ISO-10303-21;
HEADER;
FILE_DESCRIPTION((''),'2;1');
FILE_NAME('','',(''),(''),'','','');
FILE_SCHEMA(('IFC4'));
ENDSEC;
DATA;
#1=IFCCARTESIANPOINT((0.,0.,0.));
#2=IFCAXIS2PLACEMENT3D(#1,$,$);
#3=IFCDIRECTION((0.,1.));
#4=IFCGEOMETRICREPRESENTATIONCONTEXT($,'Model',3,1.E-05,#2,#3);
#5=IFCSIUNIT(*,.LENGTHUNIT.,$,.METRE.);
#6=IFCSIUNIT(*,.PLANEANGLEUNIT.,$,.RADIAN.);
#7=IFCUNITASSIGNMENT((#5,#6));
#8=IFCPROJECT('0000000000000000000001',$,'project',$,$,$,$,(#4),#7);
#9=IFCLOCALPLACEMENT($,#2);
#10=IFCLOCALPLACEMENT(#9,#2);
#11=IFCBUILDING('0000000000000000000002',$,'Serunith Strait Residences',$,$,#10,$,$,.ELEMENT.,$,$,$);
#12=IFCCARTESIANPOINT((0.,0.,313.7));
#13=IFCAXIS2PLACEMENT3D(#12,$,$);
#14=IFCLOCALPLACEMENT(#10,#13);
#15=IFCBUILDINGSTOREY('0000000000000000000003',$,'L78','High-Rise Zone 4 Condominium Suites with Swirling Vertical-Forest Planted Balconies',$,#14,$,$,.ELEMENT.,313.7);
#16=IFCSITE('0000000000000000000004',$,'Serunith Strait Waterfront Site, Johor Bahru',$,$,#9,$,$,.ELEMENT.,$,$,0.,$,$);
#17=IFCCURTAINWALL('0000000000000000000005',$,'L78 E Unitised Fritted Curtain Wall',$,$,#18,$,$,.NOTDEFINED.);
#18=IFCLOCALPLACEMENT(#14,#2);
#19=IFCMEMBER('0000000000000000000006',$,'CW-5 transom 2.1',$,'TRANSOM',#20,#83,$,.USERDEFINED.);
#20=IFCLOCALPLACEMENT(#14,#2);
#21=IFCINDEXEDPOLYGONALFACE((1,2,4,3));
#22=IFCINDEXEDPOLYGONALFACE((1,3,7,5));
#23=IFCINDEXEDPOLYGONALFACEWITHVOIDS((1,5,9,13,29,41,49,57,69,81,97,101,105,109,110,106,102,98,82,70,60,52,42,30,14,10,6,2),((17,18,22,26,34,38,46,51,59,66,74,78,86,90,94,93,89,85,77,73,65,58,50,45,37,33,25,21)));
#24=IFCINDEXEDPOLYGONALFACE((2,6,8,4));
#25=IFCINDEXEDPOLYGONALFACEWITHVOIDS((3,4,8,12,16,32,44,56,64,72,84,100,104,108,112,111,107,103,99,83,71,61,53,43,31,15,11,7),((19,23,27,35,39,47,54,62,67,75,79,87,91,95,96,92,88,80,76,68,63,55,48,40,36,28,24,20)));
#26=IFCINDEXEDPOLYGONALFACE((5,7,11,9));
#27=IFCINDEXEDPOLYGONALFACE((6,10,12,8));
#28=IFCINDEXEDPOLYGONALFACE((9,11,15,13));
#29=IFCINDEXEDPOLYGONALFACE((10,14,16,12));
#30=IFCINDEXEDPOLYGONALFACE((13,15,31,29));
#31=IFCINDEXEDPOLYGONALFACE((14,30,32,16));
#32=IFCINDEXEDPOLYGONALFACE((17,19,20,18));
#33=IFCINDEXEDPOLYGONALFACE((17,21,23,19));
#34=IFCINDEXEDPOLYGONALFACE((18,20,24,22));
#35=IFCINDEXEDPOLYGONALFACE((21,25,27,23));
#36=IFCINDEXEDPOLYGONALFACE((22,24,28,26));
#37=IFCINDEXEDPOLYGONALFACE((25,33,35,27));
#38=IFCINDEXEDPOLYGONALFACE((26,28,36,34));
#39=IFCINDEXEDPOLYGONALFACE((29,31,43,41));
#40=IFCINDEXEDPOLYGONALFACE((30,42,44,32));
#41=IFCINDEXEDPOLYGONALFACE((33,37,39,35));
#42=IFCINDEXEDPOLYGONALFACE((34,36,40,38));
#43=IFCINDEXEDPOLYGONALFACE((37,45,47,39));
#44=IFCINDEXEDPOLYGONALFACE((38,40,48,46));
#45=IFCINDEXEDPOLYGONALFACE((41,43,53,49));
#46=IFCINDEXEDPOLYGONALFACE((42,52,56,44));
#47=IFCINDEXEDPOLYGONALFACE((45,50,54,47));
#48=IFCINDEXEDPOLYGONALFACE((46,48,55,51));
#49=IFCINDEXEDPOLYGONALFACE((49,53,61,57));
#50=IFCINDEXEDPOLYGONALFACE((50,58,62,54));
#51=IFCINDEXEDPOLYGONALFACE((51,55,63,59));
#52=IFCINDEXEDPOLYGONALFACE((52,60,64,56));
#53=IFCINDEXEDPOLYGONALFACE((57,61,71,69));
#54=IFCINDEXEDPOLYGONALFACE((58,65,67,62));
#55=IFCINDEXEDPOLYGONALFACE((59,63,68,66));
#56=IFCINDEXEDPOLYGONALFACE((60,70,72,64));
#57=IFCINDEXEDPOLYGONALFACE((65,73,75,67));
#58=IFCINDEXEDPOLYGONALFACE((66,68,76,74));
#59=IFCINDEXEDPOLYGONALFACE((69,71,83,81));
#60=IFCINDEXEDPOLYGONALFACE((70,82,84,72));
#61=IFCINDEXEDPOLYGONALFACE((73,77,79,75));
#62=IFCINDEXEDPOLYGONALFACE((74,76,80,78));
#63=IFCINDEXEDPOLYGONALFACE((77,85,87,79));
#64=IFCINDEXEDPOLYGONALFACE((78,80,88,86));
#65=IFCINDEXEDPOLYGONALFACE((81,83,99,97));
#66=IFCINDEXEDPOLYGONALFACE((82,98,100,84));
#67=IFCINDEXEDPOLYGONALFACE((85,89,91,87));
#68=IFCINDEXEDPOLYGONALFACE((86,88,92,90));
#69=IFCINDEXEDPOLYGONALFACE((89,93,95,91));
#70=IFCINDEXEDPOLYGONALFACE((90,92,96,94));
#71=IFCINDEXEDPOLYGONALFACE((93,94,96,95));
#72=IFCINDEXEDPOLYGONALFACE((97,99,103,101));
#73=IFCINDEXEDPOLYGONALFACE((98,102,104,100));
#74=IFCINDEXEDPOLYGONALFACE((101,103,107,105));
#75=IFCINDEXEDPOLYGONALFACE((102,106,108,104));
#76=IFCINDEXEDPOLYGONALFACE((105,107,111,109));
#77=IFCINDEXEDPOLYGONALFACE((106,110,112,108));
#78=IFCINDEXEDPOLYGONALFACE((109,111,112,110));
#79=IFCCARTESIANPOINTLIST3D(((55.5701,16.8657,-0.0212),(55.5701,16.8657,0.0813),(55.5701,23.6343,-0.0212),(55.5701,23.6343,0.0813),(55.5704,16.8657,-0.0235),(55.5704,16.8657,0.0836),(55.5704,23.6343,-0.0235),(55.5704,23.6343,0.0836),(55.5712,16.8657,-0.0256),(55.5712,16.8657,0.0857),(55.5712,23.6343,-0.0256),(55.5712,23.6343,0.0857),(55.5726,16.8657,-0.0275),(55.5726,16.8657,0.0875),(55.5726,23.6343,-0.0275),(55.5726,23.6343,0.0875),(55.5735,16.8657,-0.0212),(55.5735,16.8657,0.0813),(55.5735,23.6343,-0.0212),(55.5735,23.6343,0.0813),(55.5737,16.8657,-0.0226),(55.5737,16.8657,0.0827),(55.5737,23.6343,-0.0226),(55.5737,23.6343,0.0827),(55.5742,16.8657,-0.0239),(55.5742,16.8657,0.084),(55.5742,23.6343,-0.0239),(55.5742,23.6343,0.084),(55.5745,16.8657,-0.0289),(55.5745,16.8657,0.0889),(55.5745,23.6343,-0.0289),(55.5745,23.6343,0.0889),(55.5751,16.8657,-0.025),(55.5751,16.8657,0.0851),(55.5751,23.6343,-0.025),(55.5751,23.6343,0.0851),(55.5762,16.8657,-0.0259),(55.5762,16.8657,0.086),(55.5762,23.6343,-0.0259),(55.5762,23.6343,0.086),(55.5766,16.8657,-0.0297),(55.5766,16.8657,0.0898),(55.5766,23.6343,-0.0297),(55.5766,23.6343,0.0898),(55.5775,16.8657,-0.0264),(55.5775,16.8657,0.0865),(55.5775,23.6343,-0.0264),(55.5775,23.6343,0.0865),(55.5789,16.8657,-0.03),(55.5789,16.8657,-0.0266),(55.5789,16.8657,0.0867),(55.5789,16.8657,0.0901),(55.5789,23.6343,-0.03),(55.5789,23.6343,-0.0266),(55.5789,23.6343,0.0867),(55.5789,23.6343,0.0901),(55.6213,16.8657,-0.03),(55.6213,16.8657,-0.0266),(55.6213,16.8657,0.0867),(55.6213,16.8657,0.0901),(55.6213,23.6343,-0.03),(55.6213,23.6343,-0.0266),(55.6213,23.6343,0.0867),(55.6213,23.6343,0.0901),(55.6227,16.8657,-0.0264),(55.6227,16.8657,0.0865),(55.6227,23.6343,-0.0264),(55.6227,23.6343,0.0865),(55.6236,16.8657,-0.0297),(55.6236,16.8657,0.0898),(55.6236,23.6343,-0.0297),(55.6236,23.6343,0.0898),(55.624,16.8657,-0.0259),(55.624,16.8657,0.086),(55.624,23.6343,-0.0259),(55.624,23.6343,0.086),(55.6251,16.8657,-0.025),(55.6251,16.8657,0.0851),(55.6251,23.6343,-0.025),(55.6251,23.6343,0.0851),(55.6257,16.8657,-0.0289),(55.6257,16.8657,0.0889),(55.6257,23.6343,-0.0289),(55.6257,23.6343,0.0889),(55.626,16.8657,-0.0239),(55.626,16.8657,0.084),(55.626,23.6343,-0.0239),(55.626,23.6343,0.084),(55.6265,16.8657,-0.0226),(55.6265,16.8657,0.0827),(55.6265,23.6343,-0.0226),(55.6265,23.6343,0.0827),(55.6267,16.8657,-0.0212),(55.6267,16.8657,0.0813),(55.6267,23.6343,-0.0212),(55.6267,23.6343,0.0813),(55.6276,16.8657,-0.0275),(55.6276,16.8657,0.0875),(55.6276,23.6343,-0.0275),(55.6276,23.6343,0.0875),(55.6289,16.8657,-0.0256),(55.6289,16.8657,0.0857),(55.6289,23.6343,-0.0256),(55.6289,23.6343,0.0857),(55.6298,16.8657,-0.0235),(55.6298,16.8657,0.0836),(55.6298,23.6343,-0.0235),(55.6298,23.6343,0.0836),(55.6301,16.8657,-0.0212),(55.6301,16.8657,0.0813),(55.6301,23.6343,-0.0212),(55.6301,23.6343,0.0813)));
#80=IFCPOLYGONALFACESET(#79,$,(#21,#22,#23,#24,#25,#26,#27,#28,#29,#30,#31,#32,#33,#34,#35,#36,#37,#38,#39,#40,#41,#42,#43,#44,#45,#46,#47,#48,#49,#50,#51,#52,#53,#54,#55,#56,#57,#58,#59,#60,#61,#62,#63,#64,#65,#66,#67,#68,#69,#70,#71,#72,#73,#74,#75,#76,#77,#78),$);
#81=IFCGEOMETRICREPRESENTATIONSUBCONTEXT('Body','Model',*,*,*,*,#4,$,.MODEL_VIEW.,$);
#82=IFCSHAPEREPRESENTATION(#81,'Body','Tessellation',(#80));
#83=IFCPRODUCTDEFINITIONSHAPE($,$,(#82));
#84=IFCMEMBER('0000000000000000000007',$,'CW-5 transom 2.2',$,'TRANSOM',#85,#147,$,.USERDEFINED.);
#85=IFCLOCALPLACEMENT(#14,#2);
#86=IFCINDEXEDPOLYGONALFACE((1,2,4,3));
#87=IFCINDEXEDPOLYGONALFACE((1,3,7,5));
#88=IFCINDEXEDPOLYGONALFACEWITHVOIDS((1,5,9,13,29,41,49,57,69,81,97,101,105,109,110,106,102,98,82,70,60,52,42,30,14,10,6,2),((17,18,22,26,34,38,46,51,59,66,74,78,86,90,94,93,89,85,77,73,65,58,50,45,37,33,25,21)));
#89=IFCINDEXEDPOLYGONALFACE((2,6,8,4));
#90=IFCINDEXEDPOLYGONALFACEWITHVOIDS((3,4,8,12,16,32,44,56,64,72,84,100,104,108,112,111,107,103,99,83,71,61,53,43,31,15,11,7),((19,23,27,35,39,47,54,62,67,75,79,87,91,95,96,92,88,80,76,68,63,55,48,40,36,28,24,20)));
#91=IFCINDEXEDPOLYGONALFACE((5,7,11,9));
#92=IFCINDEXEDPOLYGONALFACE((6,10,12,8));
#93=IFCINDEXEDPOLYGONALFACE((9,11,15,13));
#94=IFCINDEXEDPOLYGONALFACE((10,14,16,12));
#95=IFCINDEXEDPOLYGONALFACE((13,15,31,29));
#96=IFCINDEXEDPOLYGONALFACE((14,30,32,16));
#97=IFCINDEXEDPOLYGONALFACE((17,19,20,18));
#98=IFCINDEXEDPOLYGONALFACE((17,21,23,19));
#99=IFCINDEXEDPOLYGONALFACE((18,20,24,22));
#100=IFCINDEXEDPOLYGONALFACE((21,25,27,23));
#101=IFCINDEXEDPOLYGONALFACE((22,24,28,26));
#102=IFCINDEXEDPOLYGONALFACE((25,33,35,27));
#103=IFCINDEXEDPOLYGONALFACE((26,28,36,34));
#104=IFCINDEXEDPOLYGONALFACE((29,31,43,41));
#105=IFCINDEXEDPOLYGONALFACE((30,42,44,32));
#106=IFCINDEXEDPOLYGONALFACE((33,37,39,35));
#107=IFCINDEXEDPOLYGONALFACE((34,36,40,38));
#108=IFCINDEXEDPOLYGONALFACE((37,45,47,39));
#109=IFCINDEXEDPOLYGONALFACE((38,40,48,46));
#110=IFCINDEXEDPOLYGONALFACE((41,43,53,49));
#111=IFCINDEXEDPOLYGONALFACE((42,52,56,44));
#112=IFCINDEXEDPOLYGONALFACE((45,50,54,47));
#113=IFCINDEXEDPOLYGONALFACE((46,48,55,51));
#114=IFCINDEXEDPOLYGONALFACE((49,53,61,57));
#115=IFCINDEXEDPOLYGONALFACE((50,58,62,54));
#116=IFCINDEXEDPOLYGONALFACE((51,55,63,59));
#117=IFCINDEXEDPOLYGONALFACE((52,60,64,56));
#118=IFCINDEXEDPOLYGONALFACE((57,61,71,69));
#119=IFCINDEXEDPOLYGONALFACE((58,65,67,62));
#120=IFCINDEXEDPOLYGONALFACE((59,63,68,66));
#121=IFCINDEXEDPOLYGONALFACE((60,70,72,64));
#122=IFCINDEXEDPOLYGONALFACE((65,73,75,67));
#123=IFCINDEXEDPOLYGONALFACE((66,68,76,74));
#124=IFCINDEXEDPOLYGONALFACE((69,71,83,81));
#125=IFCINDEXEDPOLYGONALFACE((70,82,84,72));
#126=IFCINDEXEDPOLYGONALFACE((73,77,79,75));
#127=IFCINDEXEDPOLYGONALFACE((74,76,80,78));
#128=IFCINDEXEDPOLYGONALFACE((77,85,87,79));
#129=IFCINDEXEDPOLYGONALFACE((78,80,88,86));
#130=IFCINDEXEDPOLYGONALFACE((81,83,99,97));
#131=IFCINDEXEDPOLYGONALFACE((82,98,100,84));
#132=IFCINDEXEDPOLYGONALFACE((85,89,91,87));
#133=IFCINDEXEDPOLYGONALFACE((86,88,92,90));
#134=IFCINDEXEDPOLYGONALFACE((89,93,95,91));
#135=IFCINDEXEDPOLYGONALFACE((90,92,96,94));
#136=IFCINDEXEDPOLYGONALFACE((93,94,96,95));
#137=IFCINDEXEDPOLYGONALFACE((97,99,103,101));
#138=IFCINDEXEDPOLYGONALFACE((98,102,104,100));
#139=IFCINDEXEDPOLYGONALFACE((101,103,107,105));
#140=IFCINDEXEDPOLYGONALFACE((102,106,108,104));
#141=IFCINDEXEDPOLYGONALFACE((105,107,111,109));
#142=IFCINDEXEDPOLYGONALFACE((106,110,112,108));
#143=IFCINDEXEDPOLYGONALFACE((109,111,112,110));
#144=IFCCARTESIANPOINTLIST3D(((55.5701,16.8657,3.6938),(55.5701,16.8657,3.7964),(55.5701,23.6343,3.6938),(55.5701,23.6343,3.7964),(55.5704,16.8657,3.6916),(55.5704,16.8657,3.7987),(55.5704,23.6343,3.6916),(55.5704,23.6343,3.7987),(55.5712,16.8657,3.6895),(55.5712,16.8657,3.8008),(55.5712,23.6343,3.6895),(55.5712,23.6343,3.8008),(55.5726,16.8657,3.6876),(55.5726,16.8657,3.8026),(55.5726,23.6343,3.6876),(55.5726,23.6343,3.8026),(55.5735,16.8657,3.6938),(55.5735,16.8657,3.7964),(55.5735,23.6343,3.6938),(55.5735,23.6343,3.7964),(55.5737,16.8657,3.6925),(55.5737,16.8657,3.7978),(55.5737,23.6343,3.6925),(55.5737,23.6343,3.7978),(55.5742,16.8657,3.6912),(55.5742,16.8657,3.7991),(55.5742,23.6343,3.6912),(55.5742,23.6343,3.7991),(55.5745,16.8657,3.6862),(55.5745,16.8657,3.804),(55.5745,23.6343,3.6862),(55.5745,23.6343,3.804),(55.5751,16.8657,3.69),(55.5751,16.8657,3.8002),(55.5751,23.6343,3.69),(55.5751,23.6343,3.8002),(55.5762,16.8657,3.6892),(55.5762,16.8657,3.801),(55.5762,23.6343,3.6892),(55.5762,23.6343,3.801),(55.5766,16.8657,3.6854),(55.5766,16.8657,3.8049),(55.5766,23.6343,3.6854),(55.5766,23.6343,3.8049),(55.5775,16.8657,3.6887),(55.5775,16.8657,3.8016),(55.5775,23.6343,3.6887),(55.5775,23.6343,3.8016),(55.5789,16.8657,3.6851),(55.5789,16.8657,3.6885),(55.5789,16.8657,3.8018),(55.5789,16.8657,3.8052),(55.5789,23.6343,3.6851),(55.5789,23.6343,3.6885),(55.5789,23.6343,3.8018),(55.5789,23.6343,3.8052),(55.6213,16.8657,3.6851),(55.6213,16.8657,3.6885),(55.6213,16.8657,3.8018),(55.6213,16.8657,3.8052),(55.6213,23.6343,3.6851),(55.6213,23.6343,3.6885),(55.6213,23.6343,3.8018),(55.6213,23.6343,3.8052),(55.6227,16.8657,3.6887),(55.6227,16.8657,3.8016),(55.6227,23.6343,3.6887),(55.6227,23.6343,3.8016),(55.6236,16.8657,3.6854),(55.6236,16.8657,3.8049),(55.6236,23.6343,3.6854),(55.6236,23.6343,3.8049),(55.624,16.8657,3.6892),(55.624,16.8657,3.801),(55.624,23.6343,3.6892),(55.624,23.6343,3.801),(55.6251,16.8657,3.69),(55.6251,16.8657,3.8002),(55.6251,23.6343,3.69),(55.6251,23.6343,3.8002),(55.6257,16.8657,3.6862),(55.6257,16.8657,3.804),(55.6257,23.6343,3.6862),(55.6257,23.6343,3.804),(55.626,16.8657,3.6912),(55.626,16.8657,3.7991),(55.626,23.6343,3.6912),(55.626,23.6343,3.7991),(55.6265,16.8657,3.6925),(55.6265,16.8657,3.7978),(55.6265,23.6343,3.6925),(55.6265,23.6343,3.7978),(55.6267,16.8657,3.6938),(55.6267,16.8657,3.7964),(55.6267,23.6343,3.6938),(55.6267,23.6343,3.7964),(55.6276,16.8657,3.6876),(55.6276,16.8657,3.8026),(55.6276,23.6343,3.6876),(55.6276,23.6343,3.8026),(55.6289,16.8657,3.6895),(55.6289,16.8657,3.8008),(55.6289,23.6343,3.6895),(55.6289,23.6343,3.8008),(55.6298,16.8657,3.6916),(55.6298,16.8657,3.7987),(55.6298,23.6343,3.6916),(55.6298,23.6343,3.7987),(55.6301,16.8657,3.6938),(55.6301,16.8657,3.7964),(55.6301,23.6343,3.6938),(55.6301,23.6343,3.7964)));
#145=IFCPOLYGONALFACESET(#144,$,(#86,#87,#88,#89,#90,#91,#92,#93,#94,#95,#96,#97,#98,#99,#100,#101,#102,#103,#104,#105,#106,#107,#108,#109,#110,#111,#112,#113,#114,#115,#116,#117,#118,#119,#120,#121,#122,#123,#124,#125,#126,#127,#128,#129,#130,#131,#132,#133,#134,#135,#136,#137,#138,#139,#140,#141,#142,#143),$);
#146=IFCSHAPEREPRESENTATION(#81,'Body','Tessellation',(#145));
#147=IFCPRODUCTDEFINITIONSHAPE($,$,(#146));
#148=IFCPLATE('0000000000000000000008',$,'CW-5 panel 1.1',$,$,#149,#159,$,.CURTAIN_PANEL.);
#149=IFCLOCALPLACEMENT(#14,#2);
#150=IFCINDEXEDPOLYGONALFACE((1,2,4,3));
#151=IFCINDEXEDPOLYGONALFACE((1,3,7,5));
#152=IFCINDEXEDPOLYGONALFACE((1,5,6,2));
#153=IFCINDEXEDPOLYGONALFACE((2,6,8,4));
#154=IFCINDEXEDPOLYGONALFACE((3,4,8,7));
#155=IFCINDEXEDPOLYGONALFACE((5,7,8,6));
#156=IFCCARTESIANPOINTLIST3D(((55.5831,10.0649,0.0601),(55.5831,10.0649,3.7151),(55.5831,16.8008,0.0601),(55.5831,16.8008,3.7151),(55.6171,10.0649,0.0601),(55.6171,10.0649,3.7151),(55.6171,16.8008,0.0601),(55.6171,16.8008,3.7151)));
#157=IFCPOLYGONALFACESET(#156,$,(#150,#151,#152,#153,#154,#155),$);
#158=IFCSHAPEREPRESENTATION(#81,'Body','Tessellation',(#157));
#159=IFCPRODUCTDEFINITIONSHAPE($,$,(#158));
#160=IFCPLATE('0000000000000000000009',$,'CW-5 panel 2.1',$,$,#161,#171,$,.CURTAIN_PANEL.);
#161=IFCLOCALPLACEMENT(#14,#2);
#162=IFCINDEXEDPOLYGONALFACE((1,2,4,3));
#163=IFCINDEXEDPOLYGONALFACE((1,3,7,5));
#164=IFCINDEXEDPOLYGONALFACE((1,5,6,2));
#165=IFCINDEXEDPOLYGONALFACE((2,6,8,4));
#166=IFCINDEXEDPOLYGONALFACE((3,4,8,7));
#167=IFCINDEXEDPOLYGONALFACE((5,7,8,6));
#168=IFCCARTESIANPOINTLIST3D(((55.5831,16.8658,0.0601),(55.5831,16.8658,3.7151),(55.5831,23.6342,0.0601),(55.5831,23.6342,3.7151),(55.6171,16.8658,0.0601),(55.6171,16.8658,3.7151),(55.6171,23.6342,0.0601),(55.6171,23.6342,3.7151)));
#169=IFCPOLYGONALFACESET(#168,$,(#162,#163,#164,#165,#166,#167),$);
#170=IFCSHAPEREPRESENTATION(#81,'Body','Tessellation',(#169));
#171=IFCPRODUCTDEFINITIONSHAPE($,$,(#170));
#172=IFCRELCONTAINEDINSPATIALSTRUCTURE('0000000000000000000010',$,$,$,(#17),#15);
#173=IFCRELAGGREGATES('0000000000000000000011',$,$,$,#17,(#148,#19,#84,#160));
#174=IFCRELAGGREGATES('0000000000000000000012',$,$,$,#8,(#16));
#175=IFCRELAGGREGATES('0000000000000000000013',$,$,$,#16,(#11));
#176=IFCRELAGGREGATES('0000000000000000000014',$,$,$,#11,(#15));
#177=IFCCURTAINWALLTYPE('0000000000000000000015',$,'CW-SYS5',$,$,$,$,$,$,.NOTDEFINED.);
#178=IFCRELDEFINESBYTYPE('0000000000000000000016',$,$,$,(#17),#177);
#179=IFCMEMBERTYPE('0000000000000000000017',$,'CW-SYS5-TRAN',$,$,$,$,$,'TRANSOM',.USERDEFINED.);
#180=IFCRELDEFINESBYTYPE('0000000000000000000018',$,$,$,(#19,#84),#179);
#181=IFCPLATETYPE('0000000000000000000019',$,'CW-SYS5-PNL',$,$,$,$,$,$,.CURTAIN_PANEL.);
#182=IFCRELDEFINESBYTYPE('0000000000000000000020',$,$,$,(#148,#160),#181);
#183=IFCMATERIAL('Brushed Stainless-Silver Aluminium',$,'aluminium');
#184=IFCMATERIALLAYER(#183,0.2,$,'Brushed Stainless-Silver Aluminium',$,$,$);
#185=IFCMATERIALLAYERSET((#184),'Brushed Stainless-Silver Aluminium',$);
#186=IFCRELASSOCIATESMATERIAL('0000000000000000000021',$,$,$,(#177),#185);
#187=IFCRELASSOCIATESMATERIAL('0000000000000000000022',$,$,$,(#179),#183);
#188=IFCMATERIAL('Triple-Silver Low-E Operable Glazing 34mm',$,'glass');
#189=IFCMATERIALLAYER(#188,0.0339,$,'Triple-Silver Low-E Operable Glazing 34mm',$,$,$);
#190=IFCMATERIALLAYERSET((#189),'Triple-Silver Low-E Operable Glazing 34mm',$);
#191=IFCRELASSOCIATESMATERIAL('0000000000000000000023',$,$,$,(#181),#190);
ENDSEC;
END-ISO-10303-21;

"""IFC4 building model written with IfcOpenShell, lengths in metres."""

from ifc_helpers import new_model, si_unit, direction, frame, origin, origin_2d, place, context, subcontext, project, spatial, rectangle, hollow_rectangle, extrude, source, transform, mapped, material, layer, layer_set, material_profile, profile_set, type_object, element, aggregate, save


model = new_model("IFC4")

# Units and contexts
model_context = context("Model", 3, precision=1e-05, world=origin(), true_north=direction((0.0, 1.0)))
body_context = subcontext(model_context, "Body", "Model", "MODEL_VIEW")
ifc_project = project(units=[si_unit("LENGTHUNIT", "METRE"), si_unit("PLANEANGLEUNIT", "RADIAN")], contexts=[model_context])

# Site, building, storey
site_placement = place(None, origin())
site = spatial("IfcSite", under=ifc_project, at=site_placement, Name="Serunith Strait Waterfront Site, Johor Bahru", CompositionType="ELEMENT", RefElevation=0.0)
building_placement = place(site_placement, origin())
building = spatial("IfcBuilding", under=site, at=building_placement, Name="Serunith Strait Residences", CompositionType="ELEMENT")
storey_placement = place(building_placement, frame((0.0, 0.0, 313.7)))
storey = spatial("IfcBuildingStorey", under=building, at=storey_placement, Name="L78", Description="High-Rise Zone 4 Condominium Suites with Swirling Vertical-Forest Planted Balconies", CompositionType="ELEMENT", Elevation=313.7)

# Curtain wall, members, plates
ifc_material_1 = material(Name="Brushed Stainless-Silver Aluminium", Category="aluminium")
ifc_layer_1 = layer(ifc_material_1, 0.2, Name="Brushed Stainless-Silver Aluminium")
ifc_layer_set_1 = layer_set([ifc_layer_1], Name="Brushed Stainless-Silver Aluminium")
curtain_wall_type = type_object("IfcCurtainWallType", Name="CW-SYS5", PredefinedType="NOTDEFINED", material=ifc_layer_set_1)
curtain_wall_placement = place(storey_placement, origin())
curtain_wall = element("IfcCurtainWall", 1, at=curtain_wall_placement, inside=storey, type_object=curtain_wall_type, Name="L78 E Unitised Fritted Curtain Wall", PredefinedType="NOTDEFINED")
ifc_material_profile_1 = material_profile(ifc_material_1, hollow_rectangle(XDim=0.0601, YDim=0.1201, WallThickness=0.0034, InnerFilletRadius=0.0054, OuterFilletRadius=0.0088, at=origin_2d()), Name="ALU 120x60x3.5")
ifc_profile_set_1 = profile_set([ifc_material_profile_1], Name="Brushed Stainless-Silver Aluminium")
member_type_1 = type_object("IfcMemberType", Name="CW-SYS5-TRAN", ElementType="TRANSOM", PredefinedType="USERDEFINED", material=ifc_profile_set_1)
shared_shape_1 = source(origin(), body_context, "Body", "SweptSolid", [
    extrude(hollow_rectangle(XDim=0.0601, YDim=0.1201, WallThickness=0.0034, InnerFilletRadius=0.0054, OuterFilletRadius=0.0088, at=origin_2d()), origin(), (0.0, 0.0, 1.0), 6.7686),
])
member_1_placement = place(storey_placement, frame((55.6001, 16.8657, 0.03), z_axis=(0.0, 1.0, 0.0), x_axis=(-1.0, 0.0, 0.0)))
member_1 = element("IfcMember", 2, at=member_1_placement, type_object=member_type_1, Name="CW-5 transom 2.1", ObjectType="TRANSOM", PredefinedType="USERDEFINED", context=body_context, shape_type="MappedRepresentation", body=[
    mapped(shared_shape_1, transform((0.0, 0.0, 0.0), scale=1.0)),
])
member_2_placement = place(storey_placement, frame((55.6001, 16.8657, 3.7451), z_axis=(0.0, 1.0, 0.0), x_axis=(-1.0, 0.0, 0.0)))
member_2 = element("IfcMember", 3, at=member_2_placement, type_object=member_type_1, Name="CW-5 transom 2.2", ObjectType="TRANSOM", PredefinedType="USERDEFINED", context=body_context, shape_type="MappedRepresentation", body=[
    mapped(shared_shape_1, transform((0.0, 0.0, 0.0), scale=1.0)),
])
ifc_material_2 = material(Name="Triple-Silver Low-E Operable Glazing 34mm", Category="glass")
ifc_layer_2 = layer(ifc_material_2, 0.0339, Name="Triple-Silver Low-E Operable Glazing 34mm")
ifc_layer_set_2 = layer_set([ifc_layer_2], Name="Triple-Silver Low-E Operable Glazing 34mm")
plate_type = type_object("IfcPlateType", Name="CW-SYS5-PNL", PredefinedType="CURTAIN_PANEL", material=ifc_layer_set_2)
shared_shape_2 = source(origin(), body_context, "Body", "SweptSolid", [
    extrude(rectangle(XDim=6.7358, YDim=0.0339, at=origin_2d()), origin(), (0.0, 0.0, 1.0), 3.655),
])
plate_1_placement = place(storey_placement, frame((55.6001, 13.4329, 0.0601), z_axis=(0.0, 0.0, 1.0), x_axis=(0.0, 1.0, 0.0)))
plate_1 = element("IfcPlate", 4, at=plate_1_placement, type_object=plate_type, Name="CW-5 panel 1.1", PredefinedType="CURTAIN_PANEL", context=body_context, shape_type="MappedRepresentation", body=[
    mapped(shared_shape_2, transform((0.0, 0.0, 0.0), scale=1.0)),
])
shared_shape_3 = source(origin(), body_context, "Body", "SweptSolid", [
    extrude(rectangle(XDim=6.7683, YDim=0.0339, at=origin_2d()), origin(), (0.0, 0.0, 1.0), 3.655),
])
plate_2_placement = place(storey_placement, frame((55.6001, 20.25, 0.0601), z_axis=(0.0, 0.0, 1.0), x_axis=(0.0, 1.0, 0.0)))
plate_2 = element("IfcPlate", 5, at=plate_2_placement, type_object=plate_type, Name="CW-5 panel 2.1", PredefinedType="CURTAIN_PANEL", context=body_context, shape_type="MappedRepresentation", body=[
    mapped(shared_shape_3, transform((0.0, 0.0, 0.0), scale=1.0)),
])
aggregate(curtain_wall, [plate_1, member_1, member_2, plate_2])

save(model, "model.ifc")
